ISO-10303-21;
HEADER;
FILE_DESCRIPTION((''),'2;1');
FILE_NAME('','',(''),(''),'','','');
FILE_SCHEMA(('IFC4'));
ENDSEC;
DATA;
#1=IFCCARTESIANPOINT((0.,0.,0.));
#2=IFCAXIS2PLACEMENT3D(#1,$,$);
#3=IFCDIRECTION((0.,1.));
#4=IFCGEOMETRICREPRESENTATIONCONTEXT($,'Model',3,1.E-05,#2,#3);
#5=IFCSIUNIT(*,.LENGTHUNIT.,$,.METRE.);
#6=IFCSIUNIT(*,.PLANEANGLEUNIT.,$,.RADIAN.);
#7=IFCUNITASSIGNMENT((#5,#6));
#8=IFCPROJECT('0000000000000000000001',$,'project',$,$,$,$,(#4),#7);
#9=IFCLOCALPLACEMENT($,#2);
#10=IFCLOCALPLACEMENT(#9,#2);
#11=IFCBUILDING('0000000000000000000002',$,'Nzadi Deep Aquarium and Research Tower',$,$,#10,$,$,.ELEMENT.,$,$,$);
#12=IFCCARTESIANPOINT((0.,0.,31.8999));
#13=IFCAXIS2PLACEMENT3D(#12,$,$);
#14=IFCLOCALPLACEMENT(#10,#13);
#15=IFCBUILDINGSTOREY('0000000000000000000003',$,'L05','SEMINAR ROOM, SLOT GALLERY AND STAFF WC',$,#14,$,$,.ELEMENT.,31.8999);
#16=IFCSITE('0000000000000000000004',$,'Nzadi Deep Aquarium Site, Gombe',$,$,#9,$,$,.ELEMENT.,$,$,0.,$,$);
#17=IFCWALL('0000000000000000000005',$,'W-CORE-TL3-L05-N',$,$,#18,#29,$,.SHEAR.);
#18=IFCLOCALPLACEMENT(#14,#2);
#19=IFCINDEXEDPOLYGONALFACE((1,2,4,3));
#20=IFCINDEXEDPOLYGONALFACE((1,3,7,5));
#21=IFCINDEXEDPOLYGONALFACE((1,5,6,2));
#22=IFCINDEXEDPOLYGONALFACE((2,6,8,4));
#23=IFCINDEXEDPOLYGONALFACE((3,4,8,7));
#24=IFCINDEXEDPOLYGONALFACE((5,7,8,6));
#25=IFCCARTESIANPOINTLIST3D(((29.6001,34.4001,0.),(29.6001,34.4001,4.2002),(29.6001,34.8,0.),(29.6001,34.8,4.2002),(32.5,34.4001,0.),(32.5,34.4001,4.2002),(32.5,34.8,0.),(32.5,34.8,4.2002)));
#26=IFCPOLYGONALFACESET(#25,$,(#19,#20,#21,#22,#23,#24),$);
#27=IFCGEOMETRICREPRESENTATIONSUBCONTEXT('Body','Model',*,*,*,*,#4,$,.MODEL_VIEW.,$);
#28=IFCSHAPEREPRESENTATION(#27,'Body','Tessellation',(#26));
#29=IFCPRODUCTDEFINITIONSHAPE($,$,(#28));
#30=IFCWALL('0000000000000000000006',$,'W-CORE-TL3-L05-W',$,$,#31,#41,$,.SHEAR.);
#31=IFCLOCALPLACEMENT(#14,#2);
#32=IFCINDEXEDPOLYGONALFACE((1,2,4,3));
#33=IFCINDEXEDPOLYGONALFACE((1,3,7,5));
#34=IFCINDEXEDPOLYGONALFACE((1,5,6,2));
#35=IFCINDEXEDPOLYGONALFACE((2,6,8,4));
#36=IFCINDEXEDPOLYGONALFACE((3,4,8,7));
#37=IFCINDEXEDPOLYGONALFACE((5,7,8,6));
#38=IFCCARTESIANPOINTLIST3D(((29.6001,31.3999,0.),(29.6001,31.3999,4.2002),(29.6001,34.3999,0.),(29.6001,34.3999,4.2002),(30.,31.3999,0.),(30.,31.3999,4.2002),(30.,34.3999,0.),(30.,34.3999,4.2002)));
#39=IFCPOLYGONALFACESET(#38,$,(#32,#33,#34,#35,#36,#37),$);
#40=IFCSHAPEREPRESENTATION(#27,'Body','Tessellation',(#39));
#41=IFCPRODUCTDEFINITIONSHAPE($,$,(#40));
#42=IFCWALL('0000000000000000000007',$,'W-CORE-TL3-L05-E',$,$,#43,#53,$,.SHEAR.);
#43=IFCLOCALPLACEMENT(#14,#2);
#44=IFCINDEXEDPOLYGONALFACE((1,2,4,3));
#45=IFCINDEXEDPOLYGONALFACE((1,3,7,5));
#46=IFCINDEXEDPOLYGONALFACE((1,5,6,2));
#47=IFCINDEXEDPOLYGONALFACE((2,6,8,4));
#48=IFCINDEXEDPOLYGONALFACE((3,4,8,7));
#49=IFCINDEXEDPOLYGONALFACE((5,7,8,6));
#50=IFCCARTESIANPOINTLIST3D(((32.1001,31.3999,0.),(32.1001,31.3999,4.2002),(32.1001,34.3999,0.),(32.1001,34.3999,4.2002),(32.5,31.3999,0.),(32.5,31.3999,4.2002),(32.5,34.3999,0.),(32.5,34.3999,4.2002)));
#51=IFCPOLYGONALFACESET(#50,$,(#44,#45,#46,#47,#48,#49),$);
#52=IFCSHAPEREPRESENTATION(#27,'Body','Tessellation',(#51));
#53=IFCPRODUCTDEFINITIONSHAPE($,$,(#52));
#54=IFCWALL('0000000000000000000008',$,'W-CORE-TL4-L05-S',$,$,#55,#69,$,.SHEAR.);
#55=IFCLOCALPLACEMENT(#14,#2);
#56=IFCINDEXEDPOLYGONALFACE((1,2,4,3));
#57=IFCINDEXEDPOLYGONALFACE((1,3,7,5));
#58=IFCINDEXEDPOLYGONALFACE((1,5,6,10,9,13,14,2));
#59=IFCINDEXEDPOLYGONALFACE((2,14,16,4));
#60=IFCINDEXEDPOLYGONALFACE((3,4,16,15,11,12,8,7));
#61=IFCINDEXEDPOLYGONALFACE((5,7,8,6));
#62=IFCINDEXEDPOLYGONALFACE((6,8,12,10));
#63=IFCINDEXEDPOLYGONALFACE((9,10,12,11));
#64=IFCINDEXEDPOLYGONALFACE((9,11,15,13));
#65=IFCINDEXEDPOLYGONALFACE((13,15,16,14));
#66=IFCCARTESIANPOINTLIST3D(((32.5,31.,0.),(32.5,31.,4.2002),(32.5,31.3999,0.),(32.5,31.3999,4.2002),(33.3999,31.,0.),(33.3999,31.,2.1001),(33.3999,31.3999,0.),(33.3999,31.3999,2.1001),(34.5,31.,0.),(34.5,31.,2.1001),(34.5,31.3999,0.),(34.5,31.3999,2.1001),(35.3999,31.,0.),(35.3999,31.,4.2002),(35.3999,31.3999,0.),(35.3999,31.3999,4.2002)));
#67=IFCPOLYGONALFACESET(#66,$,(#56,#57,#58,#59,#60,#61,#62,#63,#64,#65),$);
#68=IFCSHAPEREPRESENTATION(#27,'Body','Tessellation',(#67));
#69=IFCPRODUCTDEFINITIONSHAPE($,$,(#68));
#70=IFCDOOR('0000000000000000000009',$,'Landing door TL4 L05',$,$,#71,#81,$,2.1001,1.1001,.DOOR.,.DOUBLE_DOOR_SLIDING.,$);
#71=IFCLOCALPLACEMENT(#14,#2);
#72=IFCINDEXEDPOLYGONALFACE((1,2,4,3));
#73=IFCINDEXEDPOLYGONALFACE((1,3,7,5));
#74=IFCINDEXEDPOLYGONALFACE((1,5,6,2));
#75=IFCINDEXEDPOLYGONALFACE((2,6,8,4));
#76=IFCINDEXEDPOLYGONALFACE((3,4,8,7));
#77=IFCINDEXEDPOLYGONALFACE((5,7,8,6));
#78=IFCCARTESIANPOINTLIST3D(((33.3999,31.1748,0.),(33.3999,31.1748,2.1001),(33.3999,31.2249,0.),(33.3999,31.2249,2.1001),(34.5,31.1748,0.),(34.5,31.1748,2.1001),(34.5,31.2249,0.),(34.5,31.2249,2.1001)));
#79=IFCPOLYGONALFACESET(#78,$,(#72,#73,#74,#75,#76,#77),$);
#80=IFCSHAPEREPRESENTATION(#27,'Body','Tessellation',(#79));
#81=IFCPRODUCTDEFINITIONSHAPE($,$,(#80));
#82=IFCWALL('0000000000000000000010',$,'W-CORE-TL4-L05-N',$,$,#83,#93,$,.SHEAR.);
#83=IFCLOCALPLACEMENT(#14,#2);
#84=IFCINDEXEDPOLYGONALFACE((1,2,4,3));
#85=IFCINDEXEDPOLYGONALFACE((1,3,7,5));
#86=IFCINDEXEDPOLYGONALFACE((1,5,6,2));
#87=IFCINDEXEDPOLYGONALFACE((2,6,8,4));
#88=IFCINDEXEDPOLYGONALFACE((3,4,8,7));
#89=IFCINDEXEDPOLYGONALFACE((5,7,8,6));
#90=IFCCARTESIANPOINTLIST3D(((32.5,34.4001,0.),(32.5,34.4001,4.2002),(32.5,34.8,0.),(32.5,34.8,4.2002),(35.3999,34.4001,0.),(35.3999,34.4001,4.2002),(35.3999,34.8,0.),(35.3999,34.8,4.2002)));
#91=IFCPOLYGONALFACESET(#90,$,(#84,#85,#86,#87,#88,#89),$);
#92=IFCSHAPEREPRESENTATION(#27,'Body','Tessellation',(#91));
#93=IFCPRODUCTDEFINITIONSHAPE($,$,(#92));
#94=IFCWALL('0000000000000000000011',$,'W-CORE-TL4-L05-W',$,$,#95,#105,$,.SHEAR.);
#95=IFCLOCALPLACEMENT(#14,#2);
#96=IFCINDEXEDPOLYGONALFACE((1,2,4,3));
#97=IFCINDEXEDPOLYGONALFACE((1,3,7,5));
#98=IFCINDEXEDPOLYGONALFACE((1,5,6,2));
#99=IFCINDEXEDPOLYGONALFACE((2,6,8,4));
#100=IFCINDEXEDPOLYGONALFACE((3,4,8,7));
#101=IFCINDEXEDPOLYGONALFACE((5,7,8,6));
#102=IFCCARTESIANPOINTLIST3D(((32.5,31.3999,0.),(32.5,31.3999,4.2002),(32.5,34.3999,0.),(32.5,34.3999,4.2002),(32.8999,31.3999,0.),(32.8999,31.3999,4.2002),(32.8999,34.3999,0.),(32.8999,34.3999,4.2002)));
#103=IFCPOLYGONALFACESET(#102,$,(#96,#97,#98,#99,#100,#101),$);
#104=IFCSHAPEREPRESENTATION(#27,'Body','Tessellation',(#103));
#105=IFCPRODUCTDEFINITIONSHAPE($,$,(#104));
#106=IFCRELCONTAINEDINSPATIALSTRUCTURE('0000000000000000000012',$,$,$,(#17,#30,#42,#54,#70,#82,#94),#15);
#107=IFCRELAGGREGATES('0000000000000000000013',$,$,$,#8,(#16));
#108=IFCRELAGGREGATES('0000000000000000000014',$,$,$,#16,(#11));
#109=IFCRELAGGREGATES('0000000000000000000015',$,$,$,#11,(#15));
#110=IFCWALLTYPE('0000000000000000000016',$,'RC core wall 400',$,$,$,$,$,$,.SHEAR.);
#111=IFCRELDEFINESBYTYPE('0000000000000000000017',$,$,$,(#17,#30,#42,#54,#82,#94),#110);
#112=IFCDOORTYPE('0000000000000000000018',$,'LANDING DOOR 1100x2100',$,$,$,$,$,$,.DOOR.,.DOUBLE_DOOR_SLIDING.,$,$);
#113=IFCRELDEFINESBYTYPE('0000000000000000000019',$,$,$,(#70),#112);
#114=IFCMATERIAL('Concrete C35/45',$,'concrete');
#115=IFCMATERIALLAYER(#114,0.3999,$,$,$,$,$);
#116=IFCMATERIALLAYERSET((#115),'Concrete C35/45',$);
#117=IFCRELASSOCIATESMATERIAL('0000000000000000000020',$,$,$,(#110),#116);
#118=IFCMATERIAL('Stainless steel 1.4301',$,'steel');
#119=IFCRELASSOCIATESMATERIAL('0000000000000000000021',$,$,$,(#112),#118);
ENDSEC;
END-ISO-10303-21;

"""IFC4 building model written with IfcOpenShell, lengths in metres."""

from ifc_helpers import new_model, si_unit, direction, frame, frame_2d, origin, place, context, subcontext, project, spatial, rectangle, extrude, material, layer, layer_set, type_object, element, fill, save


model = new_model("IFC4")

# Units and contexts
model_context = context("Model", 3, precision=1e-05, world=origin(), true_north=direction((0.0, 1.0)))
body_context = subcontext(model_context, "Body", "Model", "MODEL_VIEW")
ifc_project = project(units=[si_unit("LENGTHUNIT", "METRE"), si_unit("PLANEANGLEUNIT", "RADIAN")], contexts=[model_context])

# Site, building, storey
site_placement = place(None, origin())
site = spatial("IfcSite", under=ifc_project, at=site_placement, Name="Nzadi Deep Aquarium Site, Gombe", CompositionType="ELEMENT", RefElevation=0.0)
building_placement = place(site_placement, origin())
building = spatial("IfcBuilding", under=site, at=building_placement, Name="Nzadi Deep Aquarium and Research Tower", CompositionType="ELEMENT")
storey_placement = place(building_placement, frame((0.0, 0.0, 31.8999)))
storey = spatial("IfcBuildingStorey", under=building, at=storey_placement, Name="L05", Description="SEMINAR ROOM, SLOT GALLERY AND STAFF WC", CompositionType="ELEMENT", Elevation=31.8999)

# Shared definitions
ifc_material_1 = material(Name="Concrete C35/45", Category="concrete")
ifc_layer_1 = layer(ifc_material_1, 0.3999)
ifc_layer_set_1 = layer_set([ifc_layer_1], Name="Concrete C35/45")
wall_type = type_object("IfcWallType", Name="RC core wall 400", PredefinedType="SHEAR", material=ifc_layer_set_1)
ifc_material_2 = material(Name="Stainless steel 1.4301", Category="steel")
door_type = type_object("IfcDoorType", Name="LANDING DOOR 1100x2100", OperationType="DOUBLE_DOOR_SLIDING", PredefinedType="DOOR", material=ifc_material_2)

# Walls
wall_1_placement = place(storey_placement, frame((29.6001, 34.6001, 0.0), z_axis=(0.0, 0.0, 1.0), x_axis=(1.0, 0.0, 0.0)))
element("IfcWall", 1, at=wall_1_placement, inside=storey, type_object=wall_type, Name="W-CORE-TL3-L05-N", PredefinedType="SHEAR", context=body_context, shape_type="SweptSolid", body=[
    extrude(rectangle(XDim=2.8999, YDim=0.3999, at=frame_2d((1.45, 0.0))), origin(), (0.0, 0.0, 1.0), 4.2002),
])
for number, where, z_axis, x_axis, name in (
    (2, (29.8, 31.3999, 0.0), (0.0, 0.0, 1.0), (0.0, 1.0, 0.0), "W-CORE-TL3-L05-W"),
    (3, (32.3, 31.3999, 0.0), (0.0, 0.0, 1.0), (0.0, 1.0, 0.0), "W-CORE-TL3-L05-E"),
):
    element("IfcWall", number, at=place(storey_placement, frame(where, z_axis=z_axis, x_axis=x_axis)), inside=storey, type_object=wall_type, Name=name, PredefinedType="SHEAR", context=body_context, shape_type="SweptSolid", body=[
        extrude(rectangle(XDim=3.0, YDim=0.3999, at=frame_2d((1.5, 0.0))), origin(), (0.0, 0.0, 1.0), 4.2002),
    ])

# Wall, opening, door
wall_2_placement = place(storey_placement, frame((32.5, 31.2, 0.0), z_axis=(0.0, 0.0, 1.0), x_axis=(1.0, 0.0, 0.0)))
wall_2 = element("IfcWall", 4, at=wall_2_placement, inside=storey, type_object=wall_type, Name="W-CORE-TL4-L05-S", PredefinedType="SHEAR", context=body_context, shape_type="SweptSolid", body=[
    extrude(rectangle(XDim=2.8999, YDim=0.3999, at=frame_2d((1.45, 0.0))), origin(), (0.0, 0.0, 1.0), 4.2002),
])
opening_1_placement = place(wall_2_placement, frame((0.8999, 0.0, 0.0)))
opening_1 = element("IfcOpeningElement", 5, at=opening_1_placement, cuts=wall_2, PredefinedType="OPENING", context=body_context, shape_type="SweptSolid", body=[
    extrude(rectangle(XDim=1.1001, YDim=2.1001, at=frame_2d((0.55, 1.05))), frame((0.0, 0.21, 0.0), z_axis=(0.0, -1.0, 0.0), x_axis=(1.0, 0.0, 0.0)), (0.0, 0.0, 1.0), 0.4199),
])
door_1_placement = place(opening_1_placement, origin())
door_1 = element("IfcDoor", 6, at=door_1_placement, inside=storey, type_object=door_type, Name="Landing door TL4 L05", OperationType="DOUBLE_DOOR_SLIDING", OverallHeight=2.1001, OverallWidth=1.1001, PredefinedType="DOOR", context=body_context, shape_type="SweptSolid", body=[
    extrude(rectangle(XDim=1.1001, YDim=2.1001, at=frame_2d((0.55, 1.05))), frame((0.0, 0.0249, 0.0), z_axis=(0.0, -1.0, 0.0), x_axis=(1.0, 0.0, 0.0)), (0.0, 0.0, 1.0), 0.05),
])
fill(opening_1, door_1)

# Walls
wall_3_placement = place(storey_placement, frame((32.5, 34.6001, 0.0), z_axis=(0.0, 0.0, 1.0), x_axis=(1.0, 0.0, 0.0)))
element("IfcWall", 7, at=wall_3_placement, inside=storey, type_object=wall_type, Name="W-CORE-TL4-L05-N", PredefinedType="SHEAR", context=body_context, shape_type="SweptSolid", body=[
    extrude(rectangle(XDim=2.8999, YDim=0.3999, at=frame_2d((1.45, 0.0))), origin(), (0.0, 0.0, 1.0), 4.2002),
])
wall_4_placement = place(storey_placement, frame((32.7, 31.3999, 0.0), z_axis=(0.0, 0.0, 1.0), x_axis=(0.0, 1.0, 0.0)))
element("IfcWall", 8, at=wall_4_placement, inside=storey, type_object=wall_type, Name="W-CORE-TL4-L05-W", PredefinedType="SHEAR", context=body_context, shape_type="SweptSolid", body=[
    extrude(rectangle(XDim=3.0, YDim=0.3999, at=frame_2d((1.5, 0.0))), origin(), (0.0, 0.0, 1.0), 4.2002),
])

save(model, "model.ifc")
